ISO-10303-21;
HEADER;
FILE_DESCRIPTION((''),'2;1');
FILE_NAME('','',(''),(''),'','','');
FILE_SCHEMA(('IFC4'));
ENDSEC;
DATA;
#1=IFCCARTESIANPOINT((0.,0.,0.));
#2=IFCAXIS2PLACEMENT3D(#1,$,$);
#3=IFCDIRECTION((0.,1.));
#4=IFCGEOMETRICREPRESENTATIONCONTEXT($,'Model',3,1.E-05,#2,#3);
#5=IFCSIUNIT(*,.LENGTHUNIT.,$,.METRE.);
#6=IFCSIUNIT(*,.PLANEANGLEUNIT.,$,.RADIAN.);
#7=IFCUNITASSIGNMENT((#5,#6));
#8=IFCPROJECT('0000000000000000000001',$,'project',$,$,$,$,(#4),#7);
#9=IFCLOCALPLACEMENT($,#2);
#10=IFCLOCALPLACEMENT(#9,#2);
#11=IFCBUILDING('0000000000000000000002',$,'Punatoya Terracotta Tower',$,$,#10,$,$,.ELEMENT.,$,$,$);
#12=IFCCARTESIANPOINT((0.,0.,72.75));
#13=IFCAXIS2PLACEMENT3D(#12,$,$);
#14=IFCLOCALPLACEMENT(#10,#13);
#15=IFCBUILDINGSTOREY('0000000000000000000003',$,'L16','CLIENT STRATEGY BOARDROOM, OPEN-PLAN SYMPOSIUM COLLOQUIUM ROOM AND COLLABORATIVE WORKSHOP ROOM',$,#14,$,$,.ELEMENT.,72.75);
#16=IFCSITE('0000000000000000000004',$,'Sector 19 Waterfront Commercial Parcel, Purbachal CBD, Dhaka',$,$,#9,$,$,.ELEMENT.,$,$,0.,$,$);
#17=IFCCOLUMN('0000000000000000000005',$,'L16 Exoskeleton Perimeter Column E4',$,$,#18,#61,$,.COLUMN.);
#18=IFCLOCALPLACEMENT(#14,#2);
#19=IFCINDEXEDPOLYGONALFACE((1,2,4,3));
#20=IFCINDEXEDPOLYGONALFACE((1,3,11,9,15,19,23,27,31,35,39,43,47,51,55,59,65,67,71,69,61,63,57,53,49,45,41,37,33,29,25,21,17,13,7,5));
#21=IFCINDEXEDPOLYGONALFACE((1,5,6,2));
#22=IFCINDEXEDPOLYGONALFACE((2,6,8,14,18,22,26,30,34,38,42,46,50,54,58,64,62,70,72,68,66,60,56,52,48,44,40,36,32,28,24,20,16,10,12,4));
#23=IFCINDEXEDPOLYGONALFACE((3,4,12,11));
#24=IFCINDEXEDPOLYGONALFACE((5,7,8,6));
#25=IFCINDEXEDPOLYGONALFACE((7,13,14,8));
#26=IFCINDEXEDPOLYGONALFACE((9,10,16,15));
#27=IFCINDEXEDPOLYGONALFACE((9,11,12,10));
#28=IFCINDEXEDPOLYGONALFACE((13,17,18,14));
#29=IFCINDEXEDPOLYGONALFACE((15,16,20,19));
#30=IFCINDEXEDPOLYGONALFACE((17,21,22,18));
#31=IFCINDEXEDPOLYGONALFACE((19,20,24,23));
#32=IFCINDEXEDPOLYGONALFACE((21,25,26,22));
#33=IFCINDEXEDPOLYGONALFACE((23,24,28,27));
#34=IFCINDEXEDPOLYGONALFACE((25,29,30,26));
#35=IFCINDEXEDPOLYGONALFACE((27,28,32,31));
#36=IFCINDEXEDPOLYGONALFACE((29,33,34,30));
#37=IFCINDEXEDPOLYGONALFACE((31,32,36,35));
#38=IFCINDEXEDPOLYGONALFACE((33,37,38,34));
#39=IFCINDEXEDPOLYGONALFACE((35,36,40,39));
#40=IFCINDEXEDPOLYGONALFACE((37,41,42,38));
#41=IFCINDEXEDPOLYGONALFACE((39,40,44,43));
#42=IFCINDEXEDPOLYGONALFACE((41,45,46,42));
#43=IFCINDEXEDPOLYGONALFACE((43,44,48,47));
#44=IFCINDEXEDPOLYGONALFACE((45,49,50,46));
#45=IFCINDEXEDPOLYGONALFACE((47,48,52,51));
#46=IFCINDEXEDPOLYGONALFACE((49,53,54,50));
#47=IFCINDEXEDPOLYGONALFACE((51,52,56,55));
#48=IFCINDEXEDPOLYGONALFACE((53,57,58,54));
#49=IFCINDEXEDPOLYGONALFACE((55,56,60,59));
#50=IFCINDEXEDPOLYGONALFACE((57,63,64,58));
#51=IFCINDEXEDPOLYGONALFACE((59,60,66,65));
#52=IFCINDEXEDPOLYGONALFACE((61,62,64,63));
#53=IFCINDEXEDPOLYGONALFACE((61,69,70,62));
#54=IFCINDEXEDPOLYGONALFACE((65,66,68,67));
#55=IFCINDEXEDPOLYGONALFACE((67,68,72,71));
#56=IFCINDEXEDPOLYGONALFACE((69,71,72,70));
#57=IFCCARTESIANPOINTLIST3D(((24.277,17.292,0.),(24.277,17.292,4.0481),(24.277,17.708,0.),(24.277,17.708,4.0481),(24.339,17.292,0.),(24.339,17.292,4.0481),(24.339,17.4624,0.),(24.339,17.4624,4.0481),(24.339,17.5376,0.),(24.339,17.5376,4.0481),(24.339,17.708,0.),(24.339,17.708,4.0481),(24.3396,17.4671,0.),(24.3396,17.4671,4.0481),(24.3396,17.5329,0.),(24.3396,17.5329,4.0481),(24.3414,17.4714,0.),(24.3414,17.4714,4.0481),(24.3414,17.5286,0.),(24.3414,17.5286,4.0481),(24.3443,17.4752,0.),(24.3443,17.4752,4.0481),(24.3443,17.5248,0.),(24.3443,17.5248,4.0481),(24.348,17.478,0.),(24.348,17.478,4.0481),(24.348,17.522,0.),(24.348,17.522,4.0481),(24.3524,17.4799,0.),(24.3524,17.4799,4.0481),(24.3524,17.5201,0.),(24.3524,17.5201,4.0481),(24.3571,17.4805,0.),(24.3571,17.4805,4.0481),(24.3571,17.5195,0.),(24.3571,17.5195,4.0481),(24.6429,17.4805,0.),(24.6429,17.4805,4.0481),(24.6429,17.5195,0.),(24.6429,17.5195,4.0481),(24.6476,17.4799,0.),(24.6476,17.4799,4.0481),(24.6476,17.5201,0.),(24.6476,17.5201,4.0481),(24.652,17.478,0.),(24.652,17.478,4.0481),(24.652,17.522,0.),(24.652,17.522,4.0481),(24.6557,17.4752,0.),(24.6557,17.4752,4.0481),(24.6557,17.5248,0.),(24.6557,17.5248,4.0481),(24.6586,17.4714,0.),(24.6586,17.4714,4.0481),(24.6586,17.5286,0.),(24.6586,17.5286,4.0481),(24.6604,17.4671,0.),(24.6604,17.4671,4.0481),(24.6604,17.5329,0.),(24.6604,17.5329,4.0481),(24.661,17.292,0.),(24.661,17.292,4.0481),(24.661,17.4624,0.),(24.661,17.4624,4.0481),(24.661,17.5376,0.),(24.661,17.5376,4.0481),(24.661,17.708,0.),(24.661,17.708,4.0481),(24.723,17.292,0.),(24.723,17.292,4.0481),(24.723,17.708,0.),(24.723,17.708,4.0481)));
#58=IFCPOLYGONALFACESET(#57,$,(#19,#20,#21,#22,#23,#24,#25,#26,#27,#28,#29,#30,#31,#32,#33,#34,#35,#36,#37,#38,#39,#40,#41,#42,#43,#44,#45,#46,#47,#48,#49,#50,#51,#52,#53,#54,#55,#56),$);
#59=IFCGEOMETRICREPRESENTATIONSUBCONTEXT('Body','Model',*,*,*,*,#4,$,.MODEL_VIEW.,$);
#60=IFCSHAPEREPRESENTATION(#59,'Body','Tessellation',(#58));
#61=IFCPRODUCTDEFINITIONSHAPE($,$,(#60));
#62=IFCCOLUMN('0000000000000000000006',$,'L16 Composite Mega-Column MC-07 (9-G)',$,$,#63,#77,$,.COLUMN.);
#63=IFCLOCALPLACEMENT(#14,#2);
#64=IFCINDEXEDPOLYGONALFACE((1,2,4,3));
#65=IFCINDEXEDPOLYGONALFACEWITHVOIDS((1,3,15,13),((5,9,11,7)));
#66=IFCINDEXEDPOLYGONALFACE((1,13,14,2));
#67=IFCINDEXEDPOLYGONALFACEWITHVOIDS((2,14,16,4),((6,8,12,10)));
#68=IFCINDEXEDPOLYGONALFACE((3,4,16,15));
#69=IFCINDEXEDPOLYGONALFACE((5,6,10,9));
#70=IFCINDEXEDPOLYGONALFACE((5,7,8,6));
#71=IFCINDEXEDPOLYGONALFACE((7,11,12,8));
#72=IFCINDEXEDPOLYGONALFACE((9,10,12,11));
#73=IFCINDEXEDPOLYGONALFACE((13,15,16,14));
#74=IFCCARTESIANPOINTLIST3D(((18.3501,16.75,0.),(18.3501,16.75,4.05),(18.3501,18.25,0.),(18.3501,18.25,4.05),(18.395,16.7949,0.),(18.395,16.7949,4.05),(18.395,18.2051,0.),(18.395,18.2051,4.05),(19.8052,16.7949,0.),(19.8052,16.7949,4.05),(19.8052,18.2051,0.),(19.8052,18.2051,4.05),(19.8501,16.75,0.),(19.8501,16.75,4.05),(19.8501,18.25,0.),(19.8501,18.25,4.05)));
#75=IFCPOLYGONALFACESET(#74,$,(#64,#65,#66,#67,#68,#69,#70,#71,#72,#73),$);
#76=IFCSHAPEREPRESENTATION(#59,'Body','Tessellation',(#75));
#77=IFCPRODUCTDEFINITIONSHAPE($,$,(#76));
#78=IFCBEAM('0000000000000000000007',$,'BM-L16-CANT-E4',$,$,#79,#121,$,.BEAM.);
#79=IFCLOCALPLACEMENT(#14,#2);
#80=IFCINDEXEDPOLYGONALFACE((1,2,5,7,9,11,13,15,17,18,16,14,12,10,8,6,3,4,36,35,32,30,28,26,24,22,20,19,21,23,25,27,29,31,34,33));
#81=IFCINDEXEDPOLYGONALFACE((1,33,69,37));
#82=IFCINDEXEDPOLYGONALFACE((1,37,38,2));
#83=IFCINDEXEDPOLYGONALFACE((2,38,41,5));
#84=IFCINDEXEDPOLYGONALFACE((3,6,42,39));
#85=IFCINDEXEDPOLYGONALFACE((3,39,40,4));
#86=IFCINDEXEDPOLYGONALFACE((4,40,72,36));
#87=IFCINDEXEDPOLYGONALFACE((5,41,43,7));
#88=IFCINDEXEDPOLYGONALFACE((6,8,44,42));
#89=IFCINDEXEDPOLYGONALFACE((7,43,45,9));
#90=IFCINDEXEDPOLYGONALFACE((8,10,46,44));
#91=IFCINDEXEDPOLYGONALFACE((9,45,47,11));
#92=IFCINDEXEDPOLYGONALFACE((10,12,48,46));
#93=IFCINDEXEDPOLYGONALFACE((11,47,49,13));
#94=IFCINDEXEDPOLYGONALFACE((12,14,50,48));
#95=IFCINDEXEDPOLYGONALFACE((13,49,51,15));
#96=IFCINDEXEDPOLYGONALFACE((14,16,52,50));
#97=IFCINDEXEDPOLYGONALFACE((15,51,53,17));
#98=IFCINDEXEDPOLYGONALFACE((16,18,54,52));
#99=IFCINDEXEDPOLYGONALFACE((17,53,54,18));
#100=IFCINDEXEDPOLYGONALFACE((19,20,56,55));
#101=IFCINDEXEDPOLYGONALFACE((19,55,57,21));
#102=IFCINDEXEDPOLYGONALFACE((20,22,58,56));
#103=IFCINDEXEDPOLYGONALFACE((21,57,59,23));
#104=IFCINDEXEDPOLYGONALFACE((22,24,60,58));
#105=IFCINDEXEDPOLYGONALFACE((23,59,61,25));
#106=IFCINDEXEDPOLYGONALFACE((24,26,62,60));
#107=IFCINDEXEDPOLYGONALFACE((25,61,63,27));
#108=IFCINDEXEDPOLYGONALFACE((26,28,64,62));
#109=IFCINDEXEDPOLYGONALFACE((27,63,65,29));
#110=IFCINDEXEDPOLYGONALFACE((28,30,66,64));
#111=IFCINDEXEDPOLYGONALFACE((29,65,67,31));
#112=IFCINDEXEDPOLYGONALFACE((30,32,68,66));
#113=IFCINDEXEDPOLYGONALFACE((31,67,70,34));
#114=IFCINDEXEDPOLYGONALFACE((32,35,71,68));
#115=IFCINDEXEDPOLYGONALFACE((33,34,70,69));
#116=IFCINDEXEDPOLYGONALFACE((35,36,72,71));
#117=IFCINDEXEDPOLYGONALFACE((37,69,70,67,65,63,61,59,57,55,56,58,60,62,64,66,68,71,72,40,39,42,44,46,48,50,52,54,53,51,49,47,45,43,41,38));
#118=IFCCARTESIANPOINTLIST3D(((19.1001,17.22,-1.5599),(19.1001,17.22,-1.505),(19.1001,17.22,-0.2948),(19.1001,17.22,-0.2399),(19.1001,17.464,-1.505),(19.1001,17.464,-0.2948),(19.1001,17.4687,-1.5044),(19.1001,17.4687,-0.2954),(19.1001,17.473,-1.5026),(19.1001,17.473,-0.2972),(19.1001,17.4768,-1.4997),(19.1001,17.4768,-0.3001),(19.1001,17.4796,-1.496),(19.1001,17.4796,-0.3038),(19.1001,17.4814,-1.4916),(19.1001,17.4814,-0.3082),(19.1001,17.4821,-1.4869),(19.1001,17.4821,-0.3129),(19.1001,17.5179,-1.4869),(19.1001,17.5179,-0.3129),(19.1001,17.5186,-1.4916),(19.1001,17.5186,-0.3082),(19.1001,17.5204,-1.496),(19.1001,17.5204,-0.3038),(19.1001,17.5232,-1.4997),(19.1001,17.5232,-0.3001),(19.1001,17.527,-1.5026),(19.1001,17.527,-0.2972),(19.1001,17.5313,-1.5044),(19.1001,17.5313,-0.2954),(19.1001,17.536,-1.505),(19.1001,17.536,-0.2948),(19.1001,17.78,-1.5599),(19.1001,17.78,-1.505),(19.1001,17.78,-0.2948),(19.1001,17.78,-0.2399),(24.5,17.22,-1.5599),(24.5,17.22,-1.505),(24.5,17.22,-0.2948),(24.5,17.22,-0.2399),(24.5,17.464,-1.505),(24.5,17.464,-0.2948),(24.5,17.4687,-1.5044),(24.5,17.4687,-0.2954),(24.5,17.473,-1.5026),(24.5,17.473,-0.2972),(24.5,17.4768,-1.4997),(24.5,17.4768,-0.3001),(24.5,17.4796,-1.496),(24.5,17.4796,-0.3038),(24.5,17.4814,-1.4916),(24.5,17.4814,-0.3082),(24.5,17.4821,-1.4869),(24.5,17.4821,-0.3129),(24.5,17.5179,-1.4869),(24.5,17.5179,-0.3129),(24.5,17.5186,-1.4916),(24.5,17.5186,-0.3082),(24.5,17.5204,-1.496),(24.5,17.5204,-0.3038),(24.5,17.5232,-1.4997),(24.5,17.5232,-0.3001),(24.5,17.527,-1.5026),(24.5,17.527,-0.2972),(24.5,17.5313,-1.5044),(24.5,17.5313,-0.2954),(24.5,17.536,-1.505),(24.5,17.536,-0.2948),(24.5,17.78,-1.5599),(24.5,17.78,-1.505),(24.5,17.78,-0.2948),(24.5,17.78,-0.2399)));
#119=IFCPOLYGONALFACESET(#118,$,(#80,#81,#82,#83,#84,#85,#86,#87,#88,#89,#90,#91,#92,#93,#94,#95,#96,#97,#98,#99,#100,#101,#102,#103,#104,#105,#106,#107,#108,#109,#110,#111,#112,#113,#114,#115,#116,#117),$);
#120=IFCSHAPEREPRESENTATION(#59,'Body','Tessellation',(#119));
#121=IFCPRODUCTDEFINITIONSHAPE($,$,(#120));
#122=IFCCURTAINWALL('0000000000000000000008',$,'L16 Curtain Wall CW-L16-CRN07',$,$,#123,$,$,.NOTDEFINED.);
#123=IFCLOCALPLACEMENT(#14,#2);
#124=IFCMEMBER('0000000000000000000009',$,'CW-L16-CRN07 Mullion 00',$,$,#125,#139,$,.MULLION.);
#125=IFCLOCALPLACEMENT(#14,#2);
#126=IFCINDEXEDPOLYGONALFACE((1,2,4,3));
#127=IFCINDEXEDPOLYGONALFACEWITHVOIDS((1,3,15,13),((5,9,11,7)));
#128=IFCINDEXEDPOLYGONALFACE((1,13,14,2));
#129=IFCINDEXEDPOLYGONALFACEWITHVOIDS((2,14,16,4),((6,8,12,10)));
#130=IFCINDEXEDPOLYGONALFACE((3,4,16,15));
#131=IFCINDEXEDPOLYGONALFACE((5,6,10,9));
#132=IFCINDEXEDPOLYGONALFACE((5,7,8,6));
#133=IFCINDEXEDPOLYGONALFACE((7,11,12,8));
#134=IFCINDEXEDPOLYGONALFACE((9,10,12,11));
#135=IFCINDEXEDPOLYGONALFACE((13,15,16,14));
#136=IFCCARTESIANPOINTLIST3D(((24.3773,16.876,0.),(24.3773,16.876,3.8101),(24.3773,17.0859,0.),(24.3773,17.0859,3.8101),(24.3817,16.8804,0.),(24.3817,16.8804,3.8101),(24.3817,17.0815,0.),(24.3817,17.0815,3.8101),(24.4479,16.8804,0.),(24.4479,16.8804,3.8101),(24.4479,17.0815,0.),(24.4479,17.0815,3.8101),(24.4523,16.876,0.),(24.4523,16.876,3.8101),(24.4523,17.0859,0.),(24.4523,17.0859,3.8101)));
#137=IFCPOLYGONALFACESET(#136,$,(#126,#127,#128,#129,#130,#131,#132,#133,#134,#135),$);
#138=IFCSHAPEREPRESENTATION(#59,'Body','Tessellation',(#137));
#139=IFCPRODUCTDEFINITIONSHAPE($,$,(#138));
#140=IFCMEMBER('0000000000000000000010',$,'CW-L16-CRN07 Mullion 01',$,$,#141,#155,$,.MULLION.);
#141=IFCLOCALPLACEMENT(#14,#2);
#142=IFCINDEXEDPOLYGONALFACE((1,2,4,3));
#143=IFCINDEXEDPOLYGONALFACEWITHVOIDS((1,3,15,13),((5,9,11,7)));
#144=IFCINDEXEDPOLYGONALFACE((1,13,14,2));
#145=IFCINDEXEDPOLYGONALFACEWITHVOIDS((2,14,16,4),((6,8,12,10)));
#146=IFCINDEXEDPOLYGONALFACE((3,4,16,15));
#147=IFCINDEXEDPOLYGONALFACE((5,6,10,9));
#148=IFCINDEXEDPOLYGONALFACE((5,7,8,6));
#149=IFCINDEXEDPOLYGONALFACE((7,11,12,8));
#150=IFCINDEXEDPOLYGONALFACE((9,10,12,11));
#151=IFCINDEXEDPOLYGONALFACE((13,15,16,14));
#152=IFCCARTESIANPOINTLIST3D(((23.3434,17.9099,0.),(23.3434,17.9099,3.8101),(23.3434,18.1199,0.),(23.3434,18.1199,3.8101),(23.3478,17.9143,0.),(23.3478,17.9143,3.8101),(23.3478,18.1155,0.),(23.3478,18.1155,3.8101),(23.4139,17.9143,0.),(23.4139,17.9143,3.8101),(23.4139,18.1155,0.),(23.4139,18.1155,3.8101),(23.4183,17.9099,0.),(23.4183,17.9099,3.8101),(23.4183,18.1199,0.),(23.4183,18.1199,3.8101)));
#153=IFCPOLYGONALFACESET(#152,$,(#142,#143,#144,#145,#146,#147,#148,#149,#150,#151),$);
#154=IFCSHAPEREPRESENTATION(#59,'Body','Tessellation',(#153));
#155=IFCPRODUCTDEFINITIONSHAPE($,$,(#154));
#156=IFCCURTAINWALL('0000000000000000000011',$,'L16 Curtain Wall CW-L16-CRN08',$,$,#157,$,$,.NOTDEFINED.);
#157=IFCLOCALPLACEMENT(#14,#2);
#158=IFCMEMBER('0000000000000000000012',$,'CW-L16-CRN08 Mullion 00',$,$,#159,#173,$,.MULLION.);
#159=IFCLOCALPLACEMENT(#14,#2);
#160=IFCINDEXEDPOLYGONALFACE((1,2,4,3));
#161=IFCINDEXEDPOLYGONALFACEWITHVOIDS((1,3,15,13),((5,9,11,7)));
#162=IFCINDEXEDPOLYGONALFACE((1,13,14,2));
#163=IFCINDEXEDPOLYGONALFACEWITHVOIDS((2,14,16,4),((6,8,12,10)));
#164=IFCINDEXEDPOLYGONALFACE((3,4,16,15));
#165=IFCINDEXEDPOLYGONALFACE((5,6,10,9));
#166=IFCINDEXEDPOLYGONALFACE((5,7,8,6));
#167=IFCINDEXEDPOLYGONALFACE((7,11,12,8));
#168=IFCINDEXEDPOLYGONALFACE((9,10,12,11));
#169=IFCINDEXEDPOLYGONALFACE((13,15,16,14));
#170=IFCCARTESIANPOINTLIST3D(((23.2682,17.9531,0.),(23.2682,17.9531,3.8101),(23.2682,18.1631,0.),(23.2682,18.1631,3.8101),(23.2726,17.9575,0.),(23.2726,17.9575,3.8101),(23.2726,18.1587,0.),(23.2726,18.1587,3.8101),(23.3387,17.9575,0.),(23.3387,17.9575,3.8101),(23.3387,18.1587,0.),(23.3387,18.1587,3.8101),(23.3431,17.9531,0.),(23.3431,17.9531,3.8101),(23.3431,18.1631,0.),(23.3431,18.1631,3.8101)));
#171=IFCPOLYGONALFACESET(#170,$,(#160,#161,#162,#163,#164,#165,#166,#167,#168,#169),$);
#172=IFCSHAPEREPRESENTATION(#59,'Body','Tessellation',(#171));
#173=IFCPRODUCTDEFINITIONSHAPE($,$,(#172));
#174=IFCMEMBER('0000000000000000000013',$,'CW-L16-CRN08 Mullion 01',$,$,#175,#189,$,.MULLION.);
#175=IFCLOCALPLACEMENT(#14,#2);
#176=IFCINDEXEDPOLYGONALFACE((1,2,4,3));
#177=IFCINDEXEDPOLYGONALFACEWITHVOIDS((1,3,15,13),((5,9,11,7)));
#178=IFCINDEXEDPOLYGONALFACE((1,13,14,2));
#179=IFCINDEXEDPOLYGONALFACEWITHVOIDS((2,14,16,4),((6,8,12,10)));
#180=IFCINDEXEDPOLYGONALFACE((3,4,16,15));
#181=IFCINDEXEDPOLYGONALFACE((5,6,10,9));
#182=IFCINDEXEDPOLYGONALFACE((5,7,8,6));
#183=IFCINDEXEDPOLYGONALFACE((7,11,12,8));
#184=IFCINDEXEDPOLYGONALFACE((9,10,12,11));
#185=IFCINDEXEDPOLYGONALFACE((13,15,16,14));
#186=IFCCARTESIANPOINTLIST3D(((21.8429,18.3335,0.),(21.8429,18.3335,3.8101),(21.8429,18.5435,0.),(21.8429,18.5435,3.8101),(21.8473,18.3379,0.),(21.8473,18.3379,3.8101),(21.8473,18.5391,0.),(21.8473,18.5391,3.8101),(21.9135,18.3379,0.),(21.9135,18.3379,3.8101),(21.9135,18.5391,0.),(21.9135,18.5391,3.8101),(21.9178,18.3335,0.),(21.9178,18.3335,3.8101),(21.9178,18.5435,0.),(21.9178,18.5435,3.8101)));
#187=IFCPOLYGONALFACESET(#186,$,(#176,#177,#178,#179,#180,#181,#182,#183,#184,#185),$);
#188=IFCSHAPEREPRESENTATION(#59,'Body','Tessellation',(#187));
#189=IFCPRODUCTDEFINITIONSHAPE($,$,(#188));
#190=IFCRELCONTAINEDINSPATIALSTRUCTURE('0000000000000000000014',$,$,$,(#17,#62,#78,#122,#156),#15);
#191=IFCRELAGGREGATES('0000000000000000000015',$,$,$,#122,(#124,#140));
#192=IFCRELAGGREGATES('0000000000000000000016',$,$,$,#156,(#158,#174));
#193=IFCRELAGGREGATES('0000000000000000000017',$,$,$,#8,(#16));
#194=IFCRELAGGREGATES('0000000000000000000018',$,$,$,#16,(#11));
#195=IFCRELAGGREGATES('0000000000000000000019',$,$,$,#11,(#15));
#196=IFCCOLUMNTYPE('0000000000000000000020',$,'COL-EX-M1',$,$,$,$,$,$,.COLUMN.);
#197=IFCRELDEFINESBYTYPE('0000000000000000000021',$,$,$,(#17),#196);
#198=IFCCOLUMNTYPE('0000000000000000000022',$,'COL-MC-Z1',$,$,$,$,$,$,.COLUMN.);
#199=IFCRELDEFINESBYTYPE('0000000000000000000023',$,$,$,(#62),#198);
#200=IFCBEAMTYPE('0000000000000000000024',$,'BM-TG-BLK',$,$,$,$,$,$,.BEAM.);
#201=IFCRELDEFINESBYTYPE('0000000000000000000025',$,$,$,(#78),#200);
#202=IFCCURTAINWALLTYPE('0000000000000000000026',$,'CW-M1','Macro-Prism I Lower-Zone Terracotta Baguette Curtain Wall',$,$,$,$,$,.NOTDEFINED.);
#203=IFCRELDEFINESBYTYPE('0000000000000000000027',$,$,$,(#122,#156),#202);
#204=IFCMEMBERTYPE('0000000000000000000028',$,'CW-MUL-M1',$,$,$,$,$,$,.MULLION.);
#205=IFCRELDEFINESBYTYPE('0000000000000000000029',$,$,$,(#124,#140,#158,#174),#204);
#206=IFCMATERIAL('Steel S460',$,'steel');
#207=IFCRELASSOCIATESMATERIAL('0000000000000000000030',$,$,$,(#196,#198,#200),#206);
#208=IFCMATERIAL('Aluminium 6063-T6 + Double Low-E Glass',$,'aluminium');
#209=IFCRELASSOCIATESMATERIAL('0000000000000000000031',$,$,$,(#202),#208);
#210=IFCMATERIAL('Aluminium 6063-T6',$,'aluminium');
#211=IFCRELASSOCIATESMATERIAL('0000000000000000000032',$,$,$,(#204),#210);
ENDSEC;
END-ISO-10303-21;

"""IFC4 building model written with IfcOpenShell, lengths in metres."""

from ifc_helpers import new_model, si_unit, direction, frame, origin, origin_2d, place, context, subcontext, project, spatial, hollow_rectangle, i_section, extrude, material, material_profile, profile_set, type_object, element, aggregate, save


model = new_model("IFC4")

# Units and contexts
model_context = context("Model", 3, precision=1e-05, world=origin(), true_north=direction((0.0, 1.0)))
body_context = subcontext(model_context, "Body", "Model", "MODEL_VIEW")
ifc_project = project(units=[si_unit("LENGTHUNIT", "METRE"), si_unit("PLANEANGLEUNIT", "RADIAN")], contexts=[model_context])

# Site, building, storey
site_placement = place(None, origin())
site = spatial("IfcSite", under=ifc_project, at=site_placement, Name="Sector 19 Waterfront Commercial Parcel, Purbachal CBD, Dhaka", CompositionType="ELEMENT", RefElevation=0.0)
building_placement = place(site_placement, origin())
building = spatial("IfcBuilding", under=site, at=building_placement, Name="Punatoya Terracotta Tower", CompositionType="ELEMENT")
storey_placement = place(building_placement, frame((0.0, 0.0, 72.75)))
storey = spatial("IfcBuildingStorey", under=building, at=storey_placement, Name="L16", Description="CLIENT STRATEGY BOARDROOM, OPEN-PLAN SYMPOSIUM COLLOQUIUM ROOM AND COLLABORATIVE WORKSHOP ROOM", CompositionType="ELEMENT", Elevation=72.75)

# Columns
ifc_material_1 = material(Name="Steel S460", Category="steel")
ifc_material_profile_1 = material_profile(ifc_material_1, i_section(OverallWidth=0.416, OverallDepth=0.446, WebThickness=0.0391, FlangeThickness=0.062, FilletRadius=0.0181, at=origin_2d()))
ifc_profile_set_1 = profile_set([ifc_material_profile_1], Name="Steel S460")
column_type_1 = type_object("IfcColumnType", Name="COL-EX-M1", PredefinedType="COLUMN", material=ifc_profile_set_1)
column_1_placement = place(storey_placement, frame((24.5, 17.5, 0.0), z_axis=(0.0, 0.0, 1.0), x_axis=(0.0, 1.0, 0.0)))
element("IfcColumn", 1, at=column_1_placement, inside=storey, type_object=column_type_1, Name="L16 Exoskeleton Perimeter Column E4", PredefinedType="COLUMN", context=body_context, shape_type="SweptSolid", body=[
    extrude(i_section(OverallWidth=0.416, OverallDepth=0.446, WebThickness=0.0391, FlangeThickness=0.062, FilletRadius=0.0181, at=origin_2d()), origin(), (0.0, 0.0, 1.0), 4.0481),
])
ifc_material_profile_2 = material_profile(ifc_material_1, hollow_rectangle(XDim=1.5, YDim=1.5, WallThickness=0.0449, at=origin_2d()))
ifc_profile_set_2 = profile_set([ifc_material_profile_2], Name="Steel S460")
column_type_2 = type_object("IfcColumnType", Name="COL-MC-Z1", PredefinedType="COLUMN", material=ifc_profile_set_2)
column_2_placement = place(storey_placement, frame((19.1001, 17.5, 0.0), z_axis=(0.0, 0.0, 1.0), x_axis=(1.0, 0.0, 0.0)))
element("IfcColumn", 2, at=column_2_placement, inside=storey, type_object=column_type_2, Name="L16 Composite Mega-Column MC-07 (9-G)", PredefinedType="COLUMN", context=body_context, shape_type="SweptSolid", body=[
    extrude(hollow_rectangle(XDim=1.5, YDim=1.5, WallThickness=0.0449, at=origin_2d()), origin(), (0.0, 0.0, 1.0), 4.05),
])

# Beam
ifc_material_profile_3 = material_profile(ifc_material_1, i_section(OverallWidth=0.5601, OverallDepth=1.3201, WebThickness=0.0359, FlangeThickness=0.0549, FilletRadius=0.0181, at=origin_2d()))
ifc_profile_set_3 = profile_set([ifc_material_profile_3], Name="Steel S460")
beam_type = type_object("IfcBeamType", Name="BM-TG-BLK", PredefinedType="BEAM", material=ifc_profile_set_3)
beam_placement = place(storey_placement, frame((19.1001, 17.5, -0.8999), z_axis=(1.0, 0.0, 0.0), x_axis=(0.0, 1.0, 0.0)))
element("IfcBeam", 3, at=beam_placement, inside=storey, type_object=beam_type, Name="BM-L16-CANT-E4", PredefinedType="BEAM", context=body_context, shape_type="SweptSolid", body=[
    extrude(i_section(OverallWidth=0.5601, OverallDepth=1.3201, WebThickness=0.0359, FlangeThickness=0.0549, FilletRadius=0.0181, at=origin_2d()), origin(), (0.0, 0.0, 1.0), 5.3999),
])

# Curtain walls, members
ifc_material_2 = material(Name="Aluminium 6063-T6 + Double Low-E Glass", Category="aluminium")
curtain_wall_type = type_object("IfcCurtainWallType", Name="CW-M1", Description="Macro-Prism I Lower-Zone Terracotta Baguette Curtain Wall", PredefinedType="NOTDEFINED", material=ifc_material_2)
curtain_wall_1_placement = place(storey_placement, origin())
curtain_wall_1 = element("IfcCurtainWall", 4, at=curtain_wall_1_placement, inside=storey, type_object=curtain_wall_type, Name="L16 Curtain Wall CW-L16-CRN07", PredefinedType="NOTDEFINED")
ifc_material_3 = material(Name="Aluminium 6063-T6", Category="aluminium")
ifc_material_profile_4 = material_profile(ifc_material_3, hollow_rectangle(XDim=0.075, YDim=0.21, WallThickness=0.0044, at=origin_2d()))
ifc_profile_set_4 = profile_set([ifc_material_profile_4], Name="Aluminium 6063-T6")
member_type_1 = type_object("IfcMemberType", Name="CW-MUL-M1", PredefinedType="MULLION", material=ifc_profile_set_4)
member_1_placement = place(storey_placement, frame((24.4148, 16.981, 0.0), z_axis=(0.0, 0.0, 1.0), x_axis=(1.0, 0.0, 0.0)))
member_1 = element("IfcMember", 5, at=member_1_placement, type_object=member_type_1, Name="CW-L16-CRN07 Mullion 00", PredefinedType="MULLION", context=body_context, shape_type="SweptSolid", body=[
    extrude(hollow_rectangle(XDim=0.075, YDim=0.21, WallThickness=0.0044, at=origin_2d()), origin(), (0.0, 0.0, 1.0), 3.8101),
])
member_2_placement = place(storey_placement, frame((23.3809, 18.0149, 0.0), z_axis=(0.0, 0.0, 1.0), x_axis=(1.0, 0.0, 0.0)))
member_2 = element("IfcMember", 6, at=member_2_placement, type_object=member_type_1, Name="CW-L16-CRN07 Mullion 01", PredefinedType="MULLION", context=body_context, shape_type="SweptSolid", body=[
    extrude(hollow_rectangle(XDim=0.075, YDim=0.21, WallThickness=0.0044, at=origin_2d()), origin(), (0.0, 0.0, 1.0), 3.8101),
])
curtain_wall_2_placement = place(storey_placement, origin())
curtain_wall_2 = element("IfcCurtainWall", 7, at=curtain_wall_2_placement, inside=storey, type_object=curtain_wall_type, Name="L16 Curtain Wall CW-L16-CRN08", PredefinedType="NOTDEFINED")
member_3_placement = place(storey_placement, frame((23.3057, 18.0581, 0.0), z_axis=(0.0, 0.0, 1.0), x_axis=(1.0, 0.0, 0.0)))
member_3 = element("IfcMember", 8, at=member_3_placement, type_object=member_type_1, Name="CW-L16-CRN08 Mullion 00", PredefinedType="MULLION", context=body_context, shape_type="SweptSolid", body=[
    extrude(hollow_rectangle(XDim=0.075, YDim=0.21, WallThickness=0.0044, at=origin_2d()), origin(), (0.0, 0.0, 1.0), 3.8101),
])
member_4_placement = place(storey_placement, frame((21.8804, 18.4385, 0.0), z_axis=(0.0, 0.0, 1.0), x_axis=(1.0, 0.0, 0.0)))
member_4 = element("IfcMember", 9, at=member_4_placement, type_object=member_type_1, Name="CW-L16-CRN08 Mullion 01", PredefinedType="MULLION", context=body_context, shape_type="SweptSolid", body=[
    extrude(hollow_rectangle(XDim=0.075, YDim=0.21, WallThickness=0.0044, at=origin_2d()), origin(), (0.0, 0.0, 1.0), 3.8101),
])

aggregate(curtain_wall_1, [member_1, member_2])
aggregate(curtain_wall_2, [member_3, member_4])

save(model, "model.ifc")
